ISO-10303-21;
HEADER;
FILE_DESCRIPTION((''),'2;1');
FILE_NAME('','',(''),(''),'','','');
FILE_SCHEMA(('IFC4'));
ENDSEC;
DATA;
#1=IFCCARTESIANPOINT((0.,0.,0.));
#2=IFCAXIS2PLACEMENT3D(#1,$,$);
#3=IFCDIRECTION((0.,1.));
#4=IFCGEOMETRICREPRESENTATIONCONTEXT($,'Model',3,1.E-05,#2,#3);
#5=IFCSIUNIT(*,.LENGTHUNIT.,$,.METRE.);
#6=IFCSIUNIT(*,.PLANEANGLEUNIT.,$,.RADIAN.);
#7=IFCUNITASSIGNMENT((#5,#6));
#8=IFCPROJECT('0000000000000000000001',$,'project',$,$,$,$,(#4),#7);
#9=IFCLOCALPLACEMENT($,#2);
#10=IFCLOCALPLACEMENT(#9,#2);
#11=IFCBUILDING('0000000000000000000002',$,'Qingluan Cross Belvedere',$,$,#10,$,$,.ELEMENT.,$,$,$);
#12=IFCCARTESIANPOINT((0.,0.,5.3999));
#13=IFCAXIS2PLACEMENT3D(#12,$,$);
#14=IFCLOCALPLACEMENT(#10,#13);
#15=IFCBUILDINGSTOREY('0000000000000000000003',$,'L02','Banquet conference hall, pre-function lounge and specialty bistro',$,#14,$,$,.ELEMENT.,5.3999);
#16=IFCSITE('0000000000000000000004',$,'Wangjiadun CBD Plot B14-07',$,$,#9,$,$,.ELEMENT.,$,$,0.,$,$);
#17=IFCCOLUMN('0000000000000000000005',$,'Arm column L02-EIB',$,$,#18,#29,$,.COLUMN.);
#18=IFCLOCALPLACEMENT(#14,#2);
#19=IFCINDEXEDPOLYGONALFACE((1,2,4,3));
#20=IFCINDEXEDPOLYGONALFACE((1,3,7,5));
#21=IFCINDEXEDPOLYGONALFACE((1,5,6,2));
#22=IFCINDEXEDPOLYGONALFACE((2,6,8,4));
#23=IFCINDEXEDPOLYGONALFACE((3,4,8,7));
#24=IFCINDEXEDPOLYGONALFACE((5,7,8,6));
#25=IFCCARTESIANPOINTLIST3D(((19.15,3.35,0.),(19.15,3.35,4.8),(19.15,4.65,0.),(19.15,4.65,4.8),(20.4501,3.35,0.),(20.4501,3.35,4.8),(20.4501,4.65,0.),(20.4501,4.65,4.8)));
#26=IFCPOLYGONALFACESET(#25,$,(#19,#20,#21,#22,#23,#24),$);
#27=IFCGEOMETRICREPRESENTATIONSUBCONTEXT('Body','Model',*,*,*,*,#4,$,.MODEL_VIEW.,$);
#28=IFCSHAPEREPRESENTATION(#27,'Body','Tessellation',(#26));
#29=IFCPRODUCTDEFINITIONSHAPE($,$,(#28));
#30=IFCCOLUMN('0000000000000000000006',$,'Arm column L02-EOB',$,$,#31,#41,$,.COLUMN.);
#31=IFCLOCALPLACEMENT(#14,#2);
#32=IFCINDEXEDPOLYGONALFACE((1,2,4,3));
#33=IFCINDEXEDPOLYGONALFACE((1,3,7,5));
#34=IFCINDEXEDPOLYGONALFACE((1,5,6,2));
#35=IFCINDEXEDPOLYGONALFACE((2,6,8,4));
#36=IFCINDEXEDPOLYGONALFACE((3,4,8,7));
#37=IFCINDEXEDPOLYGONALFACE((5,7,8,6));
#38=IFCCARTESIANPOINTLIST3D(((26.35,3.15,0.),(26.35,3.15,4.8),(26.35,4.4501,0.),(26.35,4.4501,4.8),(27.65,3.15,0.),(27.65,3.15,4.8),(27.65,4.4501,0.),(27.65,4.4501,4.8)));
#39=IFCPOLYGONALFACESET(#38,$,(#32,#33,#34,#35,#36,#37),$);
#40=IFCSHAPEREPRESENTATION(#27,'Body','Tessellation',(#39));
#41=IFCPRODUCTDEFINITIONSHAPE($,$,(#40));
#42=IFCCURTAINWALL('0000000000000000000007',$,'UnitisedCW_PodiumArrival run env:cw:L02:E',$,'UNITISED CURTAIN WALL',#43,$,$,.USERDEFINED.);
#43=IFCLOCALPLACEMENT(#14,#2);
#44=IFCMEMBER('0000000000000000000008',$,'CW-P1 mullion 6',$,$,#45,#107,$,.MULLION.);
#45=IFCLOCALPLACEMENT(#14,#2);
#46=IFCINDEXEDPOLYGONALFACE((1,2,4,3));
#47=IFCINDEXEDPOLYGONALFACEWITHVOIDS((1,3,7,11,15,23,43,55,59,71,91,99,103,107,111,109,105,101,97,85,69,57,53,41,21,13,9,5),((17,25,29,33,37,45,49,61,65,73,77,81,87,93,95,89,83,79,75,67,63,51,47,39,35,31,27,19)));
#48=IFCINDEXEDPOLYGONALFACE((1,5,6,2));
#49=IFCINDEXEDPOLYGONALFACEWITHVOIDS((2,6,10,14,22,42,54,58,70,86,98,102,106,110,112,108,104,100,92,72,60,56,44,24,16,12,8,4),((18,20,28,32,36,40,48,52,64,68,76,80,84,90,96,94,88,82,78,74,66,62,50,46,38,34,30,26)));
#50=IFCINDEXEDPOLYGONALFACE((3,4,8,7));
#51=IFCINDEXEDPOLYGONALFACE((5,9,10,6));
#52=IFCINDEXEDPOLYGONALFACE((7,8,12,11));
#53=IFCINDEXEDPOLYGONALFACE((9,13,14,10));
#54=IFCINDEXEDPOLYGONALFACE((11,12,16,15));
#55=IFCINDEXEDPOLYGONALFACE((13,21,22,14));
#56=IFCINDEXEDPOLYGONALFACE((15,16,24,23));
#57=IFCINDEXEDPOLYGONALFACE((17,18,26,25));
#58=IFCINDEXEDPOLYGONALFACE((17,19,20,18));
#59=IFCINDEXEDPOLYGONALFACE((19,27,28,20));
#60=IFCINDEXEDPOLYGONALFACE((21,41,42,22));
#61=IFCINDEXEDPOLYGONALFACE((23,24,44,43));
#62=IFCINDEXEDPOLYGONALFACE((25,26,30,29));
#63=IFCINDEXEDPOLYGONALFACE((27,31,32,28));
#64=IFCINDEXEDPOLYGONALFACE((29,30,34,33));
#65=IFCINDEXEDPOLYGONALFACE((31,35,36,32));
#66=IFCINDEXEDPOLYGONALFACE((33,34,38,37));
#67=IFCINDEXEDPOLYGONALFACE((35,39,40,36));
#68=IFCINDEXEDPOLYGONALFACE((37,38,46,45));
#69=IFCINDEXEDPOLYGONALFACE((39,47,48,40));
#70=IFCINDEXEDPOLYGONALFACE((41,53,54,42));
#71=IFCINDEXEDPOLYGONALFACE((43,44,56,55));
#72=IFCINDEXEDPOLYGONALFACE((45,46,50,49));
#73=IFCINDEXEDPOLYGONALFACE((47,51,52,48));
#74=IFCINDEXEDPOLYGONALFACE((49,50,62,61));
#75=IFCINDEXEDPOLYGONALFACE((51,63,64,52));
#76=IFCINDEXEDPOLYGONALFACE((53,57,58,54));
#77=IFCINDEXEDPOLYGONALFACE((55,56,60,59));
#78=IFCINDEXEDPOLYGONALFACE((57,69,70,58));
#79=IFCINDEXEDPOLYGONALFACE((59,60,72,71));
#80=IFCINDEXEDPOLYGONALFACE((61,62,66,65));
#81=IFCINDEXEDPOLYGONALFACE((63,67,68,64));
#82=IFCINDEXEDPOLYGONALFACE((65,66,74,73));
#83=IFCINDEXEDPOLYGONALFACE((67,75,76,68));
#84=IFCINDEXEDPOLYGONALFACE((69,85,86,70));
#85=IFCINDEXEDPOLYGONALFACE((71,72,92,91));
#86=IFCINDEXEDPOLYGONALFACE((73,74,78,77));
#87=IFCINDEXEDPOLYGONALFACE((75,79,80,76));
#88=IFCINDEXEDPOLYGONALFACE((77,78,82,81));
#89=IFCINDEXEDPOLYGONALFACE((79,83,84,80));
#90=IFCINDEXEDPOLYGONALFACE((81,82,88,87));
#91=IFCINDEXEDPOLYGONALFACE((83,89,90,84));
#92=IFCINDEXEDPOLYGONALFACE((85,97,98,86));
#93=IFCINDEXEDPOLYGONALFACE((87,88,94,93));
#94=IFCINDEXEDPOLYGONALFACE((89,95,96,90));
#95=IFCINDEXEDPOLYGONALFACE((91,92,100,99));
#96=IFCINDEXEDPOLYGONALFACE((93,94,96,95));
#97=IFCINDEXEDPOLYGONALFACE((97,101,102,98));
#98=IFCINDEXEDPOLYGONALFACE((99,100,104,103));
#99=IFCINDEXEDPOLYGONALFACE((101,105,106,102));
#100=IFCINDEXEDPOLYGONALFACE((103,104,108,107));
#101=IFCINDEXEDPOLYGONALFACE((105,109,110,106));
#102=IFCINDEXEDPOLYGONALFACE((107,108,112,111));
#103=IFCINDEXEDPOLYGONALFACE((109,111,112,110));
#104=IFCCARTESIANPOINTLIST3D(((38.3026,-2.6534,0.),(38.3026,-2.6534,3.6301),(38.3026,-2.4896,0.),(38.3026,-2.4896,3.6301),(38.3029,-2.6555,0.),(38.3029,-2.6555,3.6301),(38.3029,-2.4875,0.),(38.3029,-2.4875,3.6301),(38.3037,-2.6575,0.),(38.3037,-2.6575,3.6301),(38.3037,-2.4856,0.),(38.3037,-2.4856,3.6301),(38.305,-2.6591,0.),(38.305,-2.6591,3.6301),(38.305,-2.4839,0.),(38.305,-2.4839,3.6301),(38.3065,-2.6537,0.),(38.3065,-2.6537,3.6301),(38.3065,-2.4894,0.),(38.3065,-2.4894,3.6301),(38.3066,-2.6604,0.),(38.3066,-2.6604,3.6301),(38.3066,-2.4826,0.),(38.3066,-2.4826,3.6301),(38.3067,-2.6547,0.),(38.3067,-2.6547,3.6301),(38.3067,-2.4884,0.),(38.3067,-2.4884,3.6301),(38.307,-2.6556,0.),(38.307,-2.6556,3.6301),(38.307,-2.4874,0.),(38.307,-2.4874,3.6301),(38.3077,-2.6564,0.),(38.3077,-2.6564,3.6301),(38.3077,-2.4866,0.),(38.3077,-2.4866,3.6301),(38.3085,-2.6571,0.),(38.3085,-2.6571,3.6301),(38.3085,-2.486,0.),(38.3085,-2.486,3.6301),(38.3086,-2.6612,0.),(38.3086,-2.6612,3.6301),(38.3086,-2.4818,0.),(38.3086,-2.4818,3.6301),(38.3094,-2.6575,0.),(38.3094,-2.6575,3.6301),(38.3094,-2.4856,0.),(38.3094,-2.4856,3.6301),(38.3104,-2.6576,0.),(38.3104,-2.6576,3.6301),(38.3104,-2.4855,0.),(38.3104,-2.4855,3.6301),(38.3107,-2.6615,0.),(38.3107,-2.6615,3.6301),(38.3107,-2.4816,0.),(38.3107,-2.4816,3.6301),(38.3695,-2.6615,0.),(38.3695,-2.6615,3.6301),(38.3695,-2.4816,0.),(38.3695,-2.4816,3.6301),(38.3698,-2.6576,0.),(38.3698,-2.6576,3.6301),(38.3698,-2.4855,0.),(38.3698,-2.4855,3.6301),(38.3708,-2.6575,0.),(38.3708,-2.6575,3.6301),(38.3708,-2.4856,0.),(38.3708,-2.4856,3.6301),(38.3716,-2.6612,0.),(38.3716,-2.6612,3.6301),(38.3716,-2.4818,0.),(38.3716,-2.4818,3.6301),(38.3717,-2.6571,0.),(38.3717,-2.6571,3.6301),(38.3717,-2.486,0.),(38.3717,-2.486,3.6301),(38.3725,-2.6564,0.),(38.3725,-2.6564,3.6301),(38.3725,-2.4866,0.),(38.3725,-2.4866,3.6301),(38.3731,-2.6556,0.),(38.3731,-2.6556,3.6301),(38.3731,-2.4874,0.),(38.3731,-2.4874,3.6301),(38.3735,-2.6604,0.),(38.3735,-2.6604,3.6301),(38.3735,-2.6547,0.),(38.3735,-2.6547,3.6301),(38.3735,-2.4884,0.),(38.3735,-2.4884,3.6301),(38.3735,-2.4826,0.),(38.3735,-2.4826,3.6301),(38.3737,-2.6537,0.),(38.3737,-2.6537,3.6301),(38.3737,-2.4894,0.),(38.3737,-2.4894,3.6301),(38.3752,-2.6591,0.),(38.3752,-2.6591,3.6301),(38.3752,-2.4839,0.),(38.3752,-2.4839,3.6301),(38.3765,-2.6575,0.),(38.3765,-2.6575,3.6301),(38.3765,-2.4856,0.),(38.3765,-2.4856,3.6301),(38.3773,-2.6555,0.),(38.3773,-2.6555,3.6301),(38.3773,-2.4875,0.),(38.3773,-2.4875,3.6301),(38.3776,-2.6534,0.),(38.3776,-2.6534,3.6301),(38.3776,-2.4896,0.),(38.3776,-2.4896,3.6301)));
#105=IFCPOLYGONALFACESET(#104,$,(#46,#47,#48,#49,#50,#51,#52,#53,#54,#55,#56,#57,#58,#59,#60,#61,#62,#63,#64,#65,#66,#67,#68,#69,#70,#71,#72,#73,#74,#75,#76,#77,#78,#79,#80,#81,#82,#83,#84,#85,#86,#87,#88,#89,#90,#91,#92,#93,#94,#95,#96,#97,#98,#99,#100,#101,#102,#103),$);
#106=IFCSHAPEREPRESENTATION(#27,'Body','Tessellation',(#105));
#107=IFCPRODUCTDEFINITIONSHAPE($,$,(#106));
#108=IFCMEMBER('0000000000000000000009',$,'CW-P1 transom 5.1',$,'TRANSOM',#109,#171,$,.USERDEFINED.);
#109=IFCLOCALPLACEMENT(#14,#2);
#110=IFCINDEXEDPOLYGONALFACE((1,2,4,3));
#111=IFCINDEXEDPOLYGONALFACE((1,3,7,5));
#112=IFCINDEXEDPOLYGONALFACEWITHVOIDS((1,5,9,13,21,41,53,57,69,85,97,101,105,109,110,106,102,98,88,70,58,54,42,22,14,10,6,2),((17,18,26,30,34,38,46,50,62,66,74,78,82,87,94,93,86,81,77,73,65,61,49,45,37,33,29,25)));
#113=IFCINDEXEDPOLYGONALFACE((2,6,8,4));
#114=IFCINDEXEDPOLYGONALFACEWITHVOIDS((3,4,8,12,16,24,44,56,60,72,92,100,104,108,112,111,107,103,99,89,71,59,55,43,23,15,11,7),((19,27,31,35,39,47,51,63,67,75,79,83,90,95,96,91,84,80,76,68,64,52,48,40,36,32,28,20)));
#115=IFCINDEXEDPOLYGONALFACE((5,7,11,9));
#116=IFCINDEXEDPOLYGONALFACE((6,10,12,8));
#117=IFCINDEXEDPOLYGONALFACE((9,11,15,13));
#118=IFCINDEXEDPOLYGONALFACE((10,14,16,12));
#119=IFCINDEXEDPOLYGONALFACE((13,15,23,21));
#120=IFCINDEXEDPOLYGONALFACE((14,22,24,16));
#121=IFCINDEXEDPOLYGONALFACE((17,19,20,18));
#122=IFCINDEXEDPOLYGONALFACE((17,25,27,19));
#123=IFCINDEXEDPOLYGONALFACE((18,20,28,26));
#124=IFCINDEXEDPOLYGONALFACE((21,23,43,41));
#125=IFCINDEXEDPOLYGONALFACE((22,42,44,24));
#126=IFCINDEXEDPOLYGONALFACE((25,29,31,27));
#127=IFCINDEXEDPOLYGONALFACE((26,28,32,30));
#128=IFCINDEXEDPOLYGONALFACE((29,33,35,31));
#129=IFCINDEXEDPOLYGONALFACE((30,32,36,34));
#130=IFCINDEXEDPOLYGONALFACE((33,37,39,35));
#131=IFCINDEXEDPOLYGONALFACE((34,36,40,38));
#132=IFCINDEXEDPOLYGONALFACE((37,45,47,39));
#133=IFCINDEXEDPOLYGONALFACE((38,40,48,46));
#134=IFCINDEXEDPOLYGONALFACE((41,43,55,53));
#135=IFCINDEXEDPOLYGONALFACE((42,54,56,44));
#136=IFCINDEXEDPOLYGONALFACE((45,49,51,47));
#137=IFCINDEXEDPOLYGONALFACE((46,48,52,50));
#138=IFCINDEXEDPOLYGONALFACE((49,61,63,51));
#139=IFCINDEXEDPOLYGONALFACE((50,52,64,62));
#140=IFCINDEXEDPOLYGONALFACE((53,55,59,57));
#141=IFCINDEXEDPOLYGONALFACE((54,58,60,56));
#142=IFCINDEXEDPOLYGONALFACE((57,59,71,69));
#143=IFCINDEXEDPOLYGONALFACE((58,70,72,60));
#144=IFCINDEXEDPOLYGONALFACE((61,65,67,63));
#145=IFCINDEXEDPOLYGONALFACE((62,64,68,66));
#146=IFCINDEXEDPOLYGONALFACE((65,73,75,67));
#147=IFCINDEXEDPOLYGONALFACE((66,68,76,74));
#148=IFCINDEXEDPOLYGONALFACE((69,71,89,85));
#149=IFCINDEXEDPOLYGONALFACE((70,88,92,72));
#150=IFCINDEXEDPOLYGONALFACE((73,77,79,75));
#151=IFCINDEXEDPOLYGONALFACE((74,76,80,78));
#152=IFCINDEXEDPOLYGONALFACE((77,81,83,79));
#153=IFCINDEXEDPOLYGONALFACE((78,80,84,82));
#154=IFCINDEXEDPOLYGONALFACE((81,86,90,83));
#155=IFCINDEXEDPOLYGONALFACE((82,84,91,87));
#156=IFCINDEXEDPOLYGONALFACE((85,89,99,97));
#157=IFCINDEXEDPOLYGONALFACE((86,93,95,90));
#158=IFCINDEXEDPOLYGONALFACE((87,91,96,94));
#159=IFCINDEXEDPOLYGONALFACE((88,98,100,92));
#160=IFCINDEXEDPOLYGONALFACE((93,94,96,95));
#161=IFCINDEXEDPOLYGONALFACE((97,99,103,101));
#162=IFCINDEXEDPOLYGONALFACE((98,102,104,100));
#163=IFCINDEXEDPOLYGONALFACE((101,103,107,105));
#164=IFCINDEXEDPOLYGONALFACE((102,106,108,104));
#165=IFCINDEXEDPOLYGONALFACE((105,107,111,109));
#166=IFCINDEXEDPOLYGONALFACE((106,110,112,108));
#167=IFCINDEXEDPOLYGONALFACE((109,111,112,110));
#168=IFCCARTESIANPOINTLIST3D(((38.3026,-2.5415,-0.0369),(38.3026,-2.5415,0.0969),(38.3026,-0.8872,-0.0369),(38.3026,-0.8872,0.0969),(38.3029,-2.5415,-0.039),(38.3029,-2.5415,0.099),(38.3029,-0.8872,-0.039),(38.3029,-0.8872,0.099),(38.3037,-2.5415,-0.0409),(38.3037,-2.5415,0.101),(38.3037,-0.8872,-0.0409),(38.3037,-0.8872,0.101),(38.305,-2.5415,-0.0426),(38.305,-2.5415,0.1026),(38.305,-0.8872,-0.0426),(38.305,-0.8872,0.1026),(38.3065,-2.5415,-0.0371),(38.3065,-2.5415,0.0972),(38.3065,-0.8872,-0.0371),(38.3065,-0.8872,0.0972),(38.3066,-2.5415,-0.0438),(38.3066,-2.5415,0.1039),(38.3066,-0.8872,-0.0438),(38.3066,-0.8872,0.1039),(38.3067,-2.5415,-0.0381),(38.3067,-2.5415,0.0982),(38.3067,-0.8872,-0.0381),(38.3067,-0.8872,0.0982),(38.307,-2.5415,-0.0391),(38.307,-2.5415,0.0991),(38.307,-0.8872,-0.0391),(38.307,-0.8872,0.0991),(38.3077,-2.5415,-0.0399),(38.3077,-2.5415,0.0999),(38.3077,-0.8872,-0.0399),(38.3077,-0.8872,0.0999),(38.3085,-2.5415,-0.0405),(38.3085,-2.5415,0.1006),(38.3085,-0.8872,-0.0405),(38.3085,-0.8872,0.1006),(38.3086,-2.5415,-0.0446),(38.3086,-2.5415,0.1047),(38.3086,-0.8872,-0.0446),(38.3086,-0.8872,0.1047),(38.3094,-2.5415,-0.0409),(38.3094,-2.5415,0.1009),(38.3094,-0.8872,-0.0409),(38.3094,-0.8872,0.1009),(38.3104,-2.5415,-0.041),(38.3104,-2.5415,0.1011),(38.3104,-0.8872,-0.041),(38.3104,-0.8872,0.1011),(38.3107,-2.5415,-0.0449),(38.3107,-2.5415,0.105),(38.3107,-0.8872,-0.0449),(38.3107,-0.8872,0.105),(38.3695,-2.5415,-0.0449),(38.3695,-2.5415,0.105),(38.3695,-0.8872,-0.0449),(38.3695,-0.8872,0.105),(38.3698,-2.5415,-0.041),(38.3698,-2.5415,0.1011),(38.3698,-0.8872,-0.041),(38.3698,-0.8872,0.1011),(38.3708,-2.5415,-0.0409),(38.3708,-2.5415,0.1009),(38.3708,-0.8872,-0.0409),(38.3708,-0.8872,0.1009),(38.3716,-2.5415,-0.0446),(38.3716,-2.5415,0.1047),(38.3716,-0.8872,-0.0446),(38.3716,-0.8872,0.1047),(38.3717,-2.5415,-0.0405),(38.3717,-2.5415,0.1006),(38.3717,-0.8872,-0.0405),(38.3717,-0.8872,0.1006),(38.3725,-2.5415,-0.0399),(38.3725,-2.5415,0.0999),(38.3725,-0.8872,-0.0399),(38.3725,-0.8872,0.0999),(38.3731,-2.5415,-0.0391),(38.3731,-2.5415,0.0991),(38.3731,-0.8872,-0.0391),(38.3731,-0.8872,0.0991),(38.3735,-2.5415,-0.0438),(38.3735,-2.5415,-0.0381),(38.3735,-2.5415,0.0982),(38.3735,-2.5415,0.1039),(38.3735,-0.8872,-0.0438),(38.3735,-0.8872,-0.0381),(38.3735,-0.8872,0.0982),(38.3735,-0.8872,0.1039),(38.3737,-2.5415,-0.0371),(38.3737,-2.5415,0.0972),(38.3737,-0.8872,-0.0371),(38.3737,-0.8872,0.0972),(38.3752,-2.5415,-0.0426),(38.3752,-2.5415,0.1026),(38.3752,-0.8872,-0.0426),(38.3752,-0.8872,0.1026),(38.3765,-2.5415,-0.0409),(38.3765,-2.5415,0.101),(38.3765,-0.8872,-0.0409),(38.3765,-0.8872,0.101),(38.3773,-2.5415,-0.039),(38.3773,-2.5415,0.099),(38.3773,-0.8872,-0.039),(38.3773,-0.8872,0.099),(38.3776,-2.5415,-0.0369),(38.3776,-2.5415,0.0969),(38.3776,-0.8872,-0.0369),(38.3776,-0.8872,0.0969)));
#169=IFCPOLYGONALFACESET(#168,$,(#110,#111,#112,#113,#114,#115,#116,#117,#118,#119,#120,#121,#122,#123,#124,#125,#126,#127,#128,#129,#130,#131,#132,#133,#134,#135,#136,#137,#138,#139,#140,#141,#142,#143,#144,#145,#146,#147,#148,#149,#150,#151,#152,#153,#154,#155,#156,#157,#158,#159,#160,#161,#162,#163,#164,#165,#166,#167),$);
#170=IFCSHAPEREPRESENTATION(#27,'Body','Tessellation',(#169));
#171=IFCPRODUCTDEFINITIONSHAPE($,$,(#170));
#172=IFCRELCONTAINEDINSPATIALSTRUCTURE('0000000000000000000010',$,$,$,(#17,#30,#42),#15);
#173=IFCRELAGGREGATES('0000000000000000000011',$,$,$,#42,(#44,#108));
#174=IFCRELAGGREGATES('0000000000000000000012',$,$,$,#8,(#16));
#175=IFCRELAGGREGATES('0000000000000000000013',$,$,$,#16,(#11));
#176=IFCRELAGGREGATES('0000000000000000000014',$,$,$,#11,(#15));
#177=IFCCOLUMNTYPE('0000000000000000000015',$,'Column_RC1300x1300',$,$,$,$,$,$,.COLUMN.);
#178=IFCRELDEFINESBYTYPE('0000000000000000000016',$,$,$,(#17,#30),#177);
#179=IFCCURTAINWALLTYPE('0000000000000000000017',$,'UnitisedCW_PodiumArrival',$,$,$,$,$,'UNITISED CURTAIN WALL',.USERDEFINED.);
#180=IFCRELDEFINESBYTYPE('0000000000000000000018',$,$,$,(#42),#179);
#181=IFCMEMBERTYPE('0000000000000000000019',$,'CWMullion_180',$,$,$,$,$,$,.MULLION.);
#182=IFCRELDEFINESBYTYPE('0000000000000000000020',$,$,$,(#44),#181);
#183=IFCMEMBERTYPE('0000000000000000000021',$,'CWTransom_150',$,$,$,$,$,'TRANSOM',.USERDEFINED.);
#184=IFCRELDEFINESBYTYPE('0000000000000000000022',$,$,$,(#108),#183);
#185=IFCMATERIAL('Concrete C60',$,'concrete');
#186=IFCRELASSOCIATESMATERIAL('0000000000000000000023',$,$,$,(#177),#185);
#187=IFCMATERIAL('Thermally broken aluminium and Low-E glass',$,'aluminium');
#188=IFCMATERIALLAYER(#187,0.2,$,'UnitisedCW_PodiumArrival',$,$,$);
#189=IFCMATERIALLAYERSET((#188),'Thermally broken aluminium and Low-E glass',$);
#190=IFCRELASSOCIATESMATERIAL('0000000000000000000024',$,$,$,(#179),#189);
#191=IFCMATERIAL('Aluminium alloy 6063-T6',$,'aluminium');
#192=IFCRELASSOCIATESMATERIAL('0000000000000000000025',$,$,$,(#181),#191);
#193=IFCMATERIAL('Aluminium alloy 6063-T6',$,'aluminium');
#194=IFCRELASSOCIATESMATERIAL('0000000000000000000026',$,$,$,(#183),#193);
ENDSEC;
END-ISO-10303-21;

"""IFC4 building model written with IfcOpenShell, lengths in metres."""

from ifc_helpers import new_model, si_unit, direction, frame, origin, origin_2d, place, context, subcontext, project, spatial, rectangle, hollow_rectangle, extrude, material, layer, layer_set, material_profile, profile_set, type_object, element, aggregate, save


model = new_model("IFC4")

# Units and contexts
model_context = context("Model", 3, precision=1e-05, world=origin(), true_north=direction((0.0, 1.0)))
body_context = subcontext(model_context, "Body", "Model", "MODEL_VIEW")
ifc_project = project(units=[si_unit("LENGTHUNIT", "METRE"), si_unit("PLANEANGLEUNIT", "RADIAN")], contexts=[model_context])

# Site, building, storey
site_placement = place(None, origin())
site = spatial("IfcSite", under=ifc_project, at=site_placement, Name="Wangjiadun CBD Plot B14-07", CompositionType="ELEMENT", RefElevation=0.0)
building_placement = place(site_placement, origin())
building = spatial("IfcBuilding", under=site, at=building_placement, Name="Qingluan Cross Belvedere", CompositionType="ELEMENT")
storey_placement = place(building_placement, frame((0.0, 0.0, 5.3999)))
storey = spatial("IfcBuildingStorey", under=building, at=storey_placement, Name="L02", Description="Banquet conference hall, pre-function lounge and specialty bistro", CompositionType="ELEMENT", Elevation=5.3999)

# Columns
ifc_material_1 = material(Name="Concrete C60", Category="concrete")
ifc_material_profile_1 = material_profile(ifc_material_1, rectangle(XDim=1.3, YDim=1.3, at=origin_2d()), Name="RC1300x1300")
ifc_profile_set_1 = profile_set([ifc_material_profile_1], Name="Concrete C60")
column_type = type_object("IfcColumnType", Name="Column_RC1300x1300", PredefinedType="COLUMN", material=ifc_profile_set_1)
for number, where, z_axis, x_axis, name in (
    (1, (19.8, 4.0, 0.0), (0.0, 0.0, 1.0), (1.0, 0.0, 0.0), "Arm column L02-EIB"),
    (2, (27.0, 3.8, 0.0), (0.0, 0.0, 1.0), (1.0, 0.0, 0.0), "Arm column L02-EOB"),
):
    element("IfcColumn", number, at=place(storey_placement, frame(where, z_axis=z_axis, x_axis=x_axis)), inside=storey, type_object=column_type, Name=name, PredefinedType="COLUMN", context=body_context, shape_type="SweptSolid", body=[
        extrude(rectangle(XDim=1.3, YDim=1.3, at=origin_2d()), origin(), (0.0, 0.0, 1.0), 4.8),
    ])

# Curtain wall, members
ifc_material_2 = material(Name="Thermally broken aluminium and Low-E glass", Category="aluminium")
ifc_layer_1 = layer(ifc_material_2, 0.2, Name="UnitisedCW_PodiumArrival")
ifc_layer_set_1 = layer_set([ifc_layer_1], Name="Thermally broken aluminium and Low-E glass")
curtain_wall_type = type_object("IfcCurtainWallType", Name="UnitisedCW_PodiumArrival", ElementType="UNITISED CURTAIN WALL", PredefinedType="USERDEFINED", material=ifc_layer_set_1)
curtain_wall_placement = place(storey_placement, origin())
curtain_wall = element("IfcCurtainWall", 3, at=curtain_wall_placement, inside=storey, type_object=curtain_wall_type, Name="UnitisedCW_PodiumArrival run env:cw:L02:E", ObjectType="UNITISED CURTAIN WALL", PredefinedType="USERDEFINED")
ifc_material_3 = material(Name="Aluminium alloy 6063-T6", Category="aluminium")
ifc_material_profile_2 = material_profile(ifc_material_3, hollow_rectangle(XDim=0.075, YDim=0.1799, WallThickness=0.0039, InnerFilletRadius=0.0039, OuterFilletRadius=0.0081, at=origin_2d()), Name="CWM180x75x4")
ifc_profile_set_2 = profile_set([ifc_material_profile_2], Name="Aluminium alloy 6063-T6")
member_type_1 = type_object("IfcMemberType", Name="CWMullion_180", PredefinedType="MULLION", material=ifc_profile_set_2)
member_1_placement = place(storey_placement, frame((38.3401, -2.5715, 0.0), z_axis=(0.0, 0.0, 1.0), x_axis=(1.0, 0.0, 0.0)))
member_1 = element("IfcMember", 4, at=member_1_placement, type_object=member_type_1, Name="CW-P1 mullion 6", PredefinedType="MULLION", context=body_context, shape_type="SweptSolid", body=[
    extrude(hollow_rectangle(XDim=0.075, YDim=0.1799, WallThickness=0.0039, InnerFilletRadius=0.0039, OuterFilletRadius=0.0081, at=origin_2d()), origin(), (0.0, 0.0, 1.0), 3.6301),
])
ifc_material_4 = material(Name="Aluminium alloy 6063-T6", Category="aluminium")
ifc_material_profile_3 = material_profile(ifc_material_4, hollow_rectangle(XDim=0.075, YDim=0.1499, WallThickness=0.0039, InnerFilletRadius=0.0039, OuterFilletRadius=0.0081, at=origin_2d()), Name="CWT150x75x4")
ifc_profile_set_3 = profile_set([ifc_material_profile_3], Name="Aluminium alloy 6063-T6")
member_type_2 = type_object("IfcMemberType", Name="CWTransom_150", ElementType="TRANSOM", PredefinedType="USERDEFINED", material=ifc_profile_set_3)
member_2_placement = place(storey_placement, frame((38.3401, -0.8872, 0.03), z_axis=(0.0, -1.0, 0.0), x_axis=(1.0, 0.0, 0.0)))
member_2 = element("IfcMember", 5, at=member_2_placement, type_object=member_type_2, Name="CW-P1 transom 5.1", ObjectType="TRANSOM", PredefinedType="USERDEFINED", context=body_context, shape_type="SweptSolid", body=[
    extrude(hollow_rectangle(XDim=0.075, YDim=0.1499, WallThickness=0.0039, InnerFilletRadius=0.0039, OuterFilletRadius=0.0081, at=origin_2d()), origin(), (0.0, 0.0, 1.0), 1.6543),
])

aggregate(curtain_wall, [member_1, member_2])

save(model, "model.ifc")
